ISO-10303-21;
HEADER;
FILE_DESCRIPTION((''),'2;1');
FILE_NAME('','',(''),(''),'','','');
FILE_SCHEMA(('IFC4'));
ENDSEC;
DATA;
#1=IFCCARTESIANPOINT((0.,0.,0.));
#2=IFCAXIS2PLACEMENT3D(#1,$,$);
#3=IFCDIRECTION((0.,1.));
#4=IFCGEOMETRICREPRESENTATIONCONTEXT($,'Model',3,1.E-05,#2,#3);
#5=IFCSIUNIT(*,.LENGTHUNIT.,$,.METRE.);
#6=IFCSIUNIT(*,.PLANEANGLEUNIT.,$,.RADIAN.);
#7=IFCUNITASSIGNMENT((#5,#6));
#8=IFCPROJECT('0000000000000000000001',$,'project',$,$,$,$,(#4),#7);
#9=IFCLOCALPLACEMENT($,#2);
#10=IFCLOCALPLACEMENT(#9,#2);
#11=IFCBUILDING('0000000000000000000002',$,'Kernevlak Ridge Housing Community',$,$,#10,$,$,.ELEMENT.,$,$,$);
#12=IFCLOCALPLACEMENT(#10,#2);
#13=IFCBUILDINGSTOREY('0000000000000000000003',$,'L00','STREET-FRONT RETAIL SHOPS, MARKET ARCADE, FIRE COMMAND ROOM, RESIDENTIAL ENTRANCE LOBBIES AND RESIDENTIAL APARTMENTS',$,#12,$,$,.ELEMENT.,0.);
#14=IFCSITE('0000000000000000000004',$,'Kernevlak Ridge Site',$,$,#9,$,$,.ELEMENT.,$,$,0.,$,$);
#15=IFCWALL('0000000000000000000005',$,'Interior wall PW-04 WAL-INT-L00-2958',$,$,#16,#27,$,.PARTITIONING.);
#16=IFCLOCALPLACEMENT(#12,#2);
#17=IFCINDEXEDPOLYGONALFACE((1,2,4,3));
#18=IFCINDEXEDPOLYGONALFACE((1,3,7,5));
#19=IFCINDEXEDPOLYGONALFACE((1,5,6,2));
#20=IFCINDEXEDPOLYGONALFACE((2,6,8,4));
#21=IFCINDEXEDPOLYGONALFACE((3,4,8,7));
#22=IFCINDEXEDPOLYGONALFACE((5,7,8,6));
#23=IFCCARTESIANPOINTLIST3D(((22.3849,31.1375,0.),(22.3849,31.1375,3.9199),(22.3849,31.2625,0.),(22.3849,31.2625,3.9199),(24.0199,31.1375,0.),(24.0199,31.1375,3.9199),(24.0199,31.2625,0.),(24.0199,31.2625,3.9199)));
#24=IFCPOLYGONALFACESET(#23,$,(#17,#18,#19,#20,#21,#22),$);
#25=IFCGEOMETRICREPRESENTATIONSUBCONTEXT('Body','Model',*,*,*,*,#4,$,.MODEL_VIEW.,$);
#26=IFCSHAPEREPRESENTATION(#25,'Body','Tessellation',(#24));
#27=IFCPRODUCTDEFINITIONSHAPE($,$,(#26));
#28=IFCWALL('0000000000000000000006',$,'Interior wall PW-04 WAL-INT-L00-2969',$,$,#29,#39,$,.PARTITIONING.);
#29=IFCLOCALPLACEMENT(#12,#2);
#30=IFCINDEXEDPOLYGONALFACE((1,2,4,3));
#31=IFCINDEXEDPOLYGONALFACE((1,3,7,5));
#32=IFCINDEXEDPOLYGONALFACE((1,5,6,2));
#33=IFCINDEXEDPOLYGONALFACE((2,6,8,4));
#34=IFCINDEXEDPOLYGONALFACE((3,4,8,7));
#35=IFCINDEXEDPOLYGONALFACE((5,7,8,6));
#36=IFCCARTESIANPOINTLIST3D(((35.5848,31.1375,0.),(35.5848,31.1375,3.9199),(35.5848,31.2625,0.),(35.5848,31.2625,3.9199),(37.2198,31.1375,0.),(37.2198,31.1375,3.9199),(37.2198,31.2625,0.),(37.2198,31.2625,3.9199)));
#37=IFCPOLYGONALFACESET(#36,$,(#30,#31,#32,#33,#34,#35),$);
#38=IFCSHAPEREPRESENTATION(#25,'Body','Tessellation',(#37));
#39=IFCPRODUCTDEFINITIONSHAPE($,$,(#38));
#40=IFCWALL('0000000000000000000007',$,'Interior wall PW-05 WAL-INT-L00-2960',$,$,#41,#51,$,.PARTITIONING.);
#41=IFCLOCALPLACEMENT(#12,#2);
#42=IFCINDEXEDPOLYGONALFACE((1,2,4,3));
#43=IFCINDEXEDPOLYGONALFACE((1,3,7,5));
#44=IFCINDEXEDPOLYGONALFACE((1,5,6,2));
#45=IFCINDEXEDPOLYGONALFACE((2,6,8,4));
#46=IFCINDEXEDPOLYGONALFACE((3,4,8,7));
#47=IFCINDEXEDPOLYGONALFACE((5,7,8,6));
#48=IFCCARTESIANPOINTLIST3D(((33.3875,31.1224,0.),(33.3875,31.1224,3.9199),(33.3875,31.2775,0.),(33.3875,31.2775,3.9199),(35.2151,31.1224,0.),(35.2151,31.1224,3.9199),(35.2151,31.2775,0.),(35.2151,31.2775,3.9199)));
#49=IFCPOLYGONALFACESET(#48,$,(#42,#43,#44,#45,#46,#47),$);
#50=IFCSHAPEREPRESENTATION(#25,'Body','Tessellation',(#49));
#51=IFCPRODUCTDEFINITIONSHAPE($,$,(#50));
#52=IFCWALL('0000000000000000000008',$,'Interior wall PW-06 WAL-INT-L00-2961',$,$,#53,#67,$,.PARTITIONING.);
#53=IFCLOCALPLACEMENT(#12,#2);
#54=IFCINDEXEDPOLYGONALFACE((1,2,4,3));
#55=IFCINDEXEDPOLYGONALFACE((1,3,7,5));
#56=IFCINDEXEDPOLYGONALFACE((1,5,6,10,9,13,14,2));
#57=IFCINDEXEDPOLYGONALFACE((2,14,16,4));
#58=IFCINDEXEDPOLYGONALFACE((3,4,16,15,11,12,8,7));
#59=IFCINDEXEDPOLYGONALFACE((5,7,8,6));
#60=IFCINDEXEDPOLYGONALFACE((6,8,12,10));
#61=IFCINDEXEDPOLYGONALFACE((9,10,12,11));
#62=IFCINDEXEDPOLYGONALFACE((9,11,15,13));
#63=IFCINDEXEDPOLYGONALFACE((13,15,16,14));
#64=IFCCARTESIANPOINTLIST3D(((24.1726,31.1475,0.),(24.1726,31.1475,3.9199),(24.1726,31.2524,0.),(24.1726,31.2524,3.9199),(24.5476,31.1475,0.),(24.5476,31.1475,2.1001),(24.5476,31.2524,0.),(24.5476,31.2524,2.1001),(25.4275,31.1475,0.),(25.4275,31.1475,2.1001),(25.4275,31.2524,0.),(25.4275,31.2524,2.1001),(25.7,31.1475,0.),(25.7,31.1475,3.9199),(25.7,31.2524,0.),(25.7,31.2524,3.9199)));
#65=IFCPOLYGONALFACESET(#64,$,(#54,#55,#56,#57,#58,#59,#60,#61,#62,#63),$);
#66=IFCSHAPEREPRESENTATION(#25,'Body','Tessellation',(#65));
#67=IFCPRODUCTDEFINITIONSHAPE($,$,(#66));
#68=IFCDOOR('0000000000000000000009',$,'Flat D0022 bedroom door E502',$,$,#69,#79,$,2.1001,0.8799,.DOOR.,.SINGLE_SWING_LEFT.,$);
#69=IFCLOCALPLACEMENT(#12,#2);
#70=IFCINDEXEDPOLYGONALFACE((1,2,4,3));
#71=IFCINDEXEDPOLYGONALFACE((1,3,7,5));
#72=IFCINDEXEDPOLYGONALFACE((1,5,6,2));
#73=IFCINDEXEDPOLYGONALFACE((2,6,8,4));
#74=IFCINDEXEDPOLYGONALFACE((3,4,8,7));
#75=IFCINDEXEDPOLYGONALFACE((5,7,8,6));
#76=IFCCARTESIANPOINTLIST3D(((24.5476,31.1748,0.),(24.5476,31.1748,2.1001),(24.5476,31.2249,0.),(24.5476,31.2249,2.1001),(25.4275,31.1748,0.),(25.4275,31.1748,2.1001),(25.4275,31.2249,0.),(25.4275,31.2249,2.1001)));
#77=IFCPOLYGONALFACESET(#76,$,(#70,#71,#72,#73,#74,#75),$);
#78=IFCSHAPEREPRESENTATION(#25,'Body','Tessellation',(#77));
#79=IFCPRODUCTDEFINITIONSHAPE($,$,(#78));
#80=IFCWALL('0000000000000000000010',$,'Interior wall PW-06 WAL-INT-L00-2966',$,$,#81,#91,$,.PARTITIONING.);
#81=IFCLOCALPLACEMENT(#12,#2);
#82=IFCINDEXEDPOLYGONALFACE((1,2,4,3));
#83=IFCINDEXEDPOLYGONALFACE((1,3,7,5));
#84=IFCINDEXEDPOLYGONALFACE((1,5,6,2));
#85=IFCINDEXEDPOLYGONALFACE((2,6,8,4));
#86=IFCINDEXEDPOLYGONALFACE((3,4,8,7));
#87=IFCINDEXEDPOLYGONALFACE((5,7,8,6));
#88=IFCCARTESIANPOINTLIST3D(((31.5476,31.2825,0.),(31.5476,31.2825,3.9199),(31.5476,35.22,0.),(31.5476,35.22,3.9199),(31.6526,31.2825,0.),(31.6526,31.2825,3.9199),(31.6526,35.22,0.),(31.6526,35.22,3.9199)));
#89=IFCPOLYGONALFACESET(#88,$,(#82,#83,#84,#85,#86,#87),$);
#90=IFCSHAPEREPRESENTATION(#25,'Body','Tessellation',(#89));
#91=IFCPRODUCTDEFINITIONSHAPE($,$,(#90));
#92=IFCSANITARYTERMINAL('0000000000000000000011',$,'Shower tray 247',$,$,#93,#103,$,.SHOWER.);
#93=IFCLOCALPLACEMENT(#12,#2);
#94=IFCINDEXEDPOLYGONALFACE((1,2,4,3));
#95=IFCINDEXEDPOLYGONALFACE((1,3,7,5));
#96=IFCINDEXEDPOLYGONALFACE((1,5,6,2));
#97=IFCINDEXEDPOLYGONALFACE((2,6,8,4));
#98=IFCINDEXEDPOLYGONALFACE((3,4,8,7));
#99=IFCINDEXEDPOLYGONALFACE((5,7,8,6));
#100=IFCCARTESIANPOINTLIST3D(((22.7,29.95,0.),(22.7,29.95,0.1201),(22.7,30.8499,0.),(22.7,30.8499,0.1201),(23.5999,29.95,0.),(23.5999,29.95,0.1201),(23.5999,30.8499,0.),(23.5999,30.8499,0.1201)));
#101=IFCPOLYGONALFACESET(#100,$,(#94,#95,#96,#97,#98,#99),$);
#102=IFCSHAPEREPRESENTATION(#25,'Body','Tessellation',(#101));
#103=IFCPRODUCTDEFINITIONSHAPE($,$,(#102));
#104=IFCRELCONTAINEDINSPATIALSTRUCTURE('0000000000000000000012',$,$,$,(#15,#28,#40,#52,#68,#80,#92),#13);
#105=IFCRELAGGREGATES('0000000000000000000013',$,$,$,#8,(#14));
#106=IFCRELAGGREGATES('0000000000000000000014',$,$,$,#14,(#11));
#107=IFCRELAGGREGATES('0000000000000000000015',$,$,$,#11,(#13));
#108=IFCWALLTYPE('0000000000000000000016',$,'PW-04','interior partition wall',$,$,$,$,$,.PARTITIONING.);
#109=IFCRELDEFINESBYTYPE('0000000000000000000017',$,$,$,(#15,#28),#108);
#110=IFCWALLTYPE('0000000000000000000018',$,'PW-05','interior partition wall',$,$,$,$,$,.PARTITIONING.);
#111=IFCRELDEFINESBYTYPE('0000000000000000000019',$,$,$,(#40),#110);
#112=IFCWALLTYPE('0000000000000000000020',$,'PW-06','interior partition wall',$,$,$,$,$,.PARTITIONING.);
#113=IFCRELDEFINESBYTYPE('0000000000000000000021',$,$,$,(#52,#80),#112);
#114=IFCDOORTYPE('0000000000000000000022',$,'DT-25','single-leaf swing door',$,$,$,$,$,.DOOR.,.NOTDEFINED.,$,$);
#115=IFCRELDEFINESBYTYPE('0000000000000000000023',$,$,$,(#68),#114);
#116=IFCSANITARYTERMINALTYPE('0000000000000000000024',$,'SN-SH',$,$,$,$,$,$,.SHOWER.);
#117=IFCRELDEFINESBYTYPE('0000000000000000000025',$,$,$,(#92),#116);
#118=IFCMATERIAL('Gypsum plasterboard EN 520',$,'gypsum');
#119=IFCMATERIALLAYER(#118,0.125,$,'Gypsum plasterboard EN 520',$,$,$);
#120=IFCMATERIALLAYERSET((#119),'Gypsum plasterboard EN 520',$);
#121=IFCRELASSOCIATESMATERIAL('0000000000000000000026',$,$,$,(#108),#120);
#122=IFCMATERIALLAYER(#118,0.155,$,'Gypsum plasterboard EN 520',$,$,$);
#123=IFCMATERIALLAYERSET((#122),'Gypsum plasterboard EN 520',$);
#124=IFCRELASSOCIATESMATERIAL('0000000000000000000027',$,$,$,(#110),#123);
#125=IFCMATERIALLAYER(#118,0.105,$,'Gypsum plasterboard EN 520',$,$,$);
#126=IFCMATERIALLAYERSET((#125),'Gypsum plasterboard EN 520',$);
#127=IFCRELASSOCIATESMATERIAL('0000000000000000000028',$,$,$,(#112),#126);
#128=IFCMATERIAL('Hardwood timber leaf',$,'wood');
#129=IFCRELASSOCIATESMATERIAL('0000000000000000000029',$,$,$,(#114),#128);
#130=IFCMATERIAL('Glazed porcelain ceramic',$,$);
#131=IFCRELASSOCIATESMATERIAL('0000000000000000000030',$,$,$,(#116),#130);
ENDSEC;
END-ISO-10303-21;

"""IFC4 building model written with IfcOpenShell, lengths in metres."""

from ifc_helpers import new_model, si_unit, direction, frame, frame_2d, origin, origin_2d, place, context, subcontext, project, spatial, rectangle, extrude, material, layer, layer_set, type_object, element, fill, save


model = new_model("IFC4")

# Units and contexts
model_context = context("Model", 3, precision=1e-05, world=origin(), true_north=direction((0.0, 1.0)))
body_context = subcontext(model_context, "Body", "Model", "MODEL_VIEW")
ifc_project = project(units=[si_unit("LENGTHUNIT", "METRE"), si_unit("PLANEANGLEUNIT", "RADIAN")], contexts=[model_context])

# Site, building, storey
site_placement = place(None, origin())
site = spatial("IfcSite", under=ifc_project, at=site_placement, Name="Kernevlak Ridge Site", CompositionType="ELEMENT", RefElevation=0.0)
building_placement = place(site_placement, origin())
building = spatial("IfcBuilding", under=site, at=building_placement, Name="Kernevlak Ridge Housing Community", CompositionType="ELEMENT")
storey_placement = place(building_placement, origin())
storey = spatial("IfcBuildingStorey", under=building, at=storey_placement, Name="L00", Description="STREET-FRONT RETAIL SHOPS, MARKET ARCADE, FIRE COMMAND ROOM, RESIDENTIAL ENTRANCE LOBBIES AND RESIDENTIAL APARTMENTS", CompositionType="ELEMENT", Elevation=0.0)

# Shared definitions
ifc_material_1 = material(Name="Hardwood timber leaf", Category="wood")

# Walls
ifc_material_2 = material(Name="Gypsum plasterboard EN 520", Category="gypsum")
ifc_layer_1 = layer(ifc_material_2, 0.125, Name="Gypsum plasterboard EN 520")
ifc_layer_set_1 = layer_set([ifc_layer_1], Name="Gypsum plasterboard EN 520")
wall_type_1 = type_object("IfcWallType", Name="PW-04", Description="interior partition wall", PredefinedType="PARTITIONING", material=ifc_layer_set_1)
for number, where, z_axis, x_axis, name in (
    (1, (22.385, 31.2, 0.0), (0.0, 0.0, 1.0), (1.0, 0.0, 0.0), "Interior wall PW-04 WAL-INT-L00-2958"),
    (2, (35.585, 31.2, 0.0), (0.0, 0.0, 1.0), (1.0, 0.0, 0.0), "Interior wall PW-04 WAL-INT-L00-2969"),
):
    element("IfcWall", number, at=place(storey_placement, frame(where, z_axis=z_axis, x_axis=x_axis)), inside=storey, type_object=wall_type_1, Name=name, PredefinedType="PARTITIONING", context=body_context, shape_type="SweptSolid", body=[
        extrude(rectangle(XDim=1.635, YDim=0.125, at=frame_2d((0.8174, 0.0))), origin(), (0.0, 0.0, 1.0), 3.9199),
    ])
ifc_layer_2 = layer(ifc_material_2, 0.155, Name="Gypsum plasterboard EN 520")
ifc_layer_set_2 = layer_set([ifc_layer_2], Name="Gypsum plasterboard EN 520")
wall_type_2 = type_object("IfcWallType", Name="PW-05", Description="interior partition wall", PredefinedType="PARTITIONING", material=ifc_layer_set_2)
wall_1_placement = place(storey_placement, frame((33.3875, 31.2, 0.0), z_axis=(0.0, 0.0, 1.0), x_axis=(1.0, 0.0, 0.0)))
element("IfcWall", 3, at=wall_1_placement, inside=storey, type_object=wall_type_2, Name="Interior wall PW-05 WAL-INT-L00-2960", PredefinedType="PARTITIONING", context=body_context, shape_type="SweptSolid", body=[
    extrude(rectangle(XDim=1.8276, YDim=0.155, at=frame_2d((0.9138, 0.0))), origin(), (0.0, 0.0, 1.0), 3.9199),
])

# Wall, opening, door
ifc_layer_3 = layer(ifc_material_2, 0.105, Name="Gypsum plasterboard EN 520")
ifc_layer_set_3 = layer_set([ifc_layer_3], Name="Gypsum plasterboard EN 520")
wall_type_3 = type_object("IfcWallType", Name="PW-06", Description="interior partition wall", PredefinedType="PARTITIONING", material=ifc_layer_set_3)
wall_2_placement = place(storey_placement, frame((24.1726, 31.2, 0.0), z_axis=(0.0, 0.0, 1.0), x_axis=(1.0, 0.0, 0.0)))
wall_2 = element("IfcWall", 4, at=wall_2_placement, inside=storey, type_object=wall_type_3, Name="Interior wall PW-06 WAL-INT-L00-2961", PredefinedType="PARTITIONING", context=body_context, shape_type="SweptSolid", body=[
    extrude(rectangle(XDim=1.5273, YDim=0.105, at=frame_2d((0.7637, 0.0))), origin(), (0.0, 0.0, 1.0), 3.9199),
])
opening_1_placement = place(wall_2_placement, frame((0.375, 0.0, 0.0)))
opening_1 = element("IfcOpeningElement", 5, at=opening_1_placement, cuts=wall_2, PredefinedType="OPENING", context=body_context, shape_type="SweptSolid", body=[
    extrude(rectangle(XDim=0.8799, YDim=2.1001, at=frame_2d((0.4399, 1.05))), frame((0.0, 0.0625, 0.0), z_axis=(0.0, -1.0, 0.0), x_axis=(1.0, 0.0, 0.0)), (0.0, 0.0, 1.0), 0.125),
])
door_type_1 = type_object("IfcDoorType", Name="DT-25", Description="single-leaf swing door", OperationType="NOTDEFINED", PredefinedType="DOOR", material=ifc_material_1)
door_1_placement = place(opening_1_placement, origin())
door_1 = element("IfcDoor", 6, at=door_1_placement, inside=storey, type_object=door_type_1, Name="Flat D0022 bedroom door E502", OperationType="SINGLE_SWING_LEFT", OverallHeight=2.1001, OverallWidth=0.8799, PredefinedType="DOOR", context=body_context, shape_type="SweptSolid", body=[
    extrude(rectangle(XDim=0.8799, YDim=2.1001, at=frame_2d((0.4399, 1.05))), frame((0.0, 0.0249, 0.0), z_axis=(0.0, -1.0, 0.0), x_axis=(1.0, 0.0, 0.0)), (0.0, 0.0, 1.0), 0.05),
])
fill(opening_1, door_1)

# Wall
wall_3_placement = place(storey_placement, frame((31.6001, 31.2825, 0.0), z_axis=(0.0, 0.0, 1.0), x_axis=(0.0, 1.0, 0.0)))
element("IfcWall", 7, at=wall_3_placement, inside=storey, type_object=wall_type_3, Name="Interior wall PW-06 WAL-INT-L00-2966", PredefinedType="PARTITIONING", context=body_context, shape_type="SweptSolid", body=[
    extrude(rectangle(XDim=3.9375, YDim=0.105, at=frame_2d((1.9688, 0.0))), origin(), (0.0, 0.0, 1.0), 3.9199),
])

# Sanitary terminal
ifc_material_3 = material(Name="Glazed porcelain ceramic")
sanitary_terminal_type = type_object("IfcSanitaryTerminalType", Name="SN-SH", PredefinedType="SHOWER", material=ifc_material_3)
sanitary_terminal_placement = place(storey_placement, frame((23.1499, 30.3999, 0.0), z_axis=(0.0, 0.0, 1.0), x_axis=(1.0, 0.0, 0.0)))
element("IfcSanitaryTerminal", 8, at=sanitary_terminal_placement, inside=storey, type_object=sanitary_terminal_type, Name="Shower tray 247", PredefinedType="SHOWER", context=body_context, shape_type="SweptSolid", body=[
    extrude(rectangle(XDim=0.8999, YDim=0.8999, at=origin_2d()), origin(), (0.0, 0.0, 1.0), 0.1201),
])

save(model, "model.ifc")
